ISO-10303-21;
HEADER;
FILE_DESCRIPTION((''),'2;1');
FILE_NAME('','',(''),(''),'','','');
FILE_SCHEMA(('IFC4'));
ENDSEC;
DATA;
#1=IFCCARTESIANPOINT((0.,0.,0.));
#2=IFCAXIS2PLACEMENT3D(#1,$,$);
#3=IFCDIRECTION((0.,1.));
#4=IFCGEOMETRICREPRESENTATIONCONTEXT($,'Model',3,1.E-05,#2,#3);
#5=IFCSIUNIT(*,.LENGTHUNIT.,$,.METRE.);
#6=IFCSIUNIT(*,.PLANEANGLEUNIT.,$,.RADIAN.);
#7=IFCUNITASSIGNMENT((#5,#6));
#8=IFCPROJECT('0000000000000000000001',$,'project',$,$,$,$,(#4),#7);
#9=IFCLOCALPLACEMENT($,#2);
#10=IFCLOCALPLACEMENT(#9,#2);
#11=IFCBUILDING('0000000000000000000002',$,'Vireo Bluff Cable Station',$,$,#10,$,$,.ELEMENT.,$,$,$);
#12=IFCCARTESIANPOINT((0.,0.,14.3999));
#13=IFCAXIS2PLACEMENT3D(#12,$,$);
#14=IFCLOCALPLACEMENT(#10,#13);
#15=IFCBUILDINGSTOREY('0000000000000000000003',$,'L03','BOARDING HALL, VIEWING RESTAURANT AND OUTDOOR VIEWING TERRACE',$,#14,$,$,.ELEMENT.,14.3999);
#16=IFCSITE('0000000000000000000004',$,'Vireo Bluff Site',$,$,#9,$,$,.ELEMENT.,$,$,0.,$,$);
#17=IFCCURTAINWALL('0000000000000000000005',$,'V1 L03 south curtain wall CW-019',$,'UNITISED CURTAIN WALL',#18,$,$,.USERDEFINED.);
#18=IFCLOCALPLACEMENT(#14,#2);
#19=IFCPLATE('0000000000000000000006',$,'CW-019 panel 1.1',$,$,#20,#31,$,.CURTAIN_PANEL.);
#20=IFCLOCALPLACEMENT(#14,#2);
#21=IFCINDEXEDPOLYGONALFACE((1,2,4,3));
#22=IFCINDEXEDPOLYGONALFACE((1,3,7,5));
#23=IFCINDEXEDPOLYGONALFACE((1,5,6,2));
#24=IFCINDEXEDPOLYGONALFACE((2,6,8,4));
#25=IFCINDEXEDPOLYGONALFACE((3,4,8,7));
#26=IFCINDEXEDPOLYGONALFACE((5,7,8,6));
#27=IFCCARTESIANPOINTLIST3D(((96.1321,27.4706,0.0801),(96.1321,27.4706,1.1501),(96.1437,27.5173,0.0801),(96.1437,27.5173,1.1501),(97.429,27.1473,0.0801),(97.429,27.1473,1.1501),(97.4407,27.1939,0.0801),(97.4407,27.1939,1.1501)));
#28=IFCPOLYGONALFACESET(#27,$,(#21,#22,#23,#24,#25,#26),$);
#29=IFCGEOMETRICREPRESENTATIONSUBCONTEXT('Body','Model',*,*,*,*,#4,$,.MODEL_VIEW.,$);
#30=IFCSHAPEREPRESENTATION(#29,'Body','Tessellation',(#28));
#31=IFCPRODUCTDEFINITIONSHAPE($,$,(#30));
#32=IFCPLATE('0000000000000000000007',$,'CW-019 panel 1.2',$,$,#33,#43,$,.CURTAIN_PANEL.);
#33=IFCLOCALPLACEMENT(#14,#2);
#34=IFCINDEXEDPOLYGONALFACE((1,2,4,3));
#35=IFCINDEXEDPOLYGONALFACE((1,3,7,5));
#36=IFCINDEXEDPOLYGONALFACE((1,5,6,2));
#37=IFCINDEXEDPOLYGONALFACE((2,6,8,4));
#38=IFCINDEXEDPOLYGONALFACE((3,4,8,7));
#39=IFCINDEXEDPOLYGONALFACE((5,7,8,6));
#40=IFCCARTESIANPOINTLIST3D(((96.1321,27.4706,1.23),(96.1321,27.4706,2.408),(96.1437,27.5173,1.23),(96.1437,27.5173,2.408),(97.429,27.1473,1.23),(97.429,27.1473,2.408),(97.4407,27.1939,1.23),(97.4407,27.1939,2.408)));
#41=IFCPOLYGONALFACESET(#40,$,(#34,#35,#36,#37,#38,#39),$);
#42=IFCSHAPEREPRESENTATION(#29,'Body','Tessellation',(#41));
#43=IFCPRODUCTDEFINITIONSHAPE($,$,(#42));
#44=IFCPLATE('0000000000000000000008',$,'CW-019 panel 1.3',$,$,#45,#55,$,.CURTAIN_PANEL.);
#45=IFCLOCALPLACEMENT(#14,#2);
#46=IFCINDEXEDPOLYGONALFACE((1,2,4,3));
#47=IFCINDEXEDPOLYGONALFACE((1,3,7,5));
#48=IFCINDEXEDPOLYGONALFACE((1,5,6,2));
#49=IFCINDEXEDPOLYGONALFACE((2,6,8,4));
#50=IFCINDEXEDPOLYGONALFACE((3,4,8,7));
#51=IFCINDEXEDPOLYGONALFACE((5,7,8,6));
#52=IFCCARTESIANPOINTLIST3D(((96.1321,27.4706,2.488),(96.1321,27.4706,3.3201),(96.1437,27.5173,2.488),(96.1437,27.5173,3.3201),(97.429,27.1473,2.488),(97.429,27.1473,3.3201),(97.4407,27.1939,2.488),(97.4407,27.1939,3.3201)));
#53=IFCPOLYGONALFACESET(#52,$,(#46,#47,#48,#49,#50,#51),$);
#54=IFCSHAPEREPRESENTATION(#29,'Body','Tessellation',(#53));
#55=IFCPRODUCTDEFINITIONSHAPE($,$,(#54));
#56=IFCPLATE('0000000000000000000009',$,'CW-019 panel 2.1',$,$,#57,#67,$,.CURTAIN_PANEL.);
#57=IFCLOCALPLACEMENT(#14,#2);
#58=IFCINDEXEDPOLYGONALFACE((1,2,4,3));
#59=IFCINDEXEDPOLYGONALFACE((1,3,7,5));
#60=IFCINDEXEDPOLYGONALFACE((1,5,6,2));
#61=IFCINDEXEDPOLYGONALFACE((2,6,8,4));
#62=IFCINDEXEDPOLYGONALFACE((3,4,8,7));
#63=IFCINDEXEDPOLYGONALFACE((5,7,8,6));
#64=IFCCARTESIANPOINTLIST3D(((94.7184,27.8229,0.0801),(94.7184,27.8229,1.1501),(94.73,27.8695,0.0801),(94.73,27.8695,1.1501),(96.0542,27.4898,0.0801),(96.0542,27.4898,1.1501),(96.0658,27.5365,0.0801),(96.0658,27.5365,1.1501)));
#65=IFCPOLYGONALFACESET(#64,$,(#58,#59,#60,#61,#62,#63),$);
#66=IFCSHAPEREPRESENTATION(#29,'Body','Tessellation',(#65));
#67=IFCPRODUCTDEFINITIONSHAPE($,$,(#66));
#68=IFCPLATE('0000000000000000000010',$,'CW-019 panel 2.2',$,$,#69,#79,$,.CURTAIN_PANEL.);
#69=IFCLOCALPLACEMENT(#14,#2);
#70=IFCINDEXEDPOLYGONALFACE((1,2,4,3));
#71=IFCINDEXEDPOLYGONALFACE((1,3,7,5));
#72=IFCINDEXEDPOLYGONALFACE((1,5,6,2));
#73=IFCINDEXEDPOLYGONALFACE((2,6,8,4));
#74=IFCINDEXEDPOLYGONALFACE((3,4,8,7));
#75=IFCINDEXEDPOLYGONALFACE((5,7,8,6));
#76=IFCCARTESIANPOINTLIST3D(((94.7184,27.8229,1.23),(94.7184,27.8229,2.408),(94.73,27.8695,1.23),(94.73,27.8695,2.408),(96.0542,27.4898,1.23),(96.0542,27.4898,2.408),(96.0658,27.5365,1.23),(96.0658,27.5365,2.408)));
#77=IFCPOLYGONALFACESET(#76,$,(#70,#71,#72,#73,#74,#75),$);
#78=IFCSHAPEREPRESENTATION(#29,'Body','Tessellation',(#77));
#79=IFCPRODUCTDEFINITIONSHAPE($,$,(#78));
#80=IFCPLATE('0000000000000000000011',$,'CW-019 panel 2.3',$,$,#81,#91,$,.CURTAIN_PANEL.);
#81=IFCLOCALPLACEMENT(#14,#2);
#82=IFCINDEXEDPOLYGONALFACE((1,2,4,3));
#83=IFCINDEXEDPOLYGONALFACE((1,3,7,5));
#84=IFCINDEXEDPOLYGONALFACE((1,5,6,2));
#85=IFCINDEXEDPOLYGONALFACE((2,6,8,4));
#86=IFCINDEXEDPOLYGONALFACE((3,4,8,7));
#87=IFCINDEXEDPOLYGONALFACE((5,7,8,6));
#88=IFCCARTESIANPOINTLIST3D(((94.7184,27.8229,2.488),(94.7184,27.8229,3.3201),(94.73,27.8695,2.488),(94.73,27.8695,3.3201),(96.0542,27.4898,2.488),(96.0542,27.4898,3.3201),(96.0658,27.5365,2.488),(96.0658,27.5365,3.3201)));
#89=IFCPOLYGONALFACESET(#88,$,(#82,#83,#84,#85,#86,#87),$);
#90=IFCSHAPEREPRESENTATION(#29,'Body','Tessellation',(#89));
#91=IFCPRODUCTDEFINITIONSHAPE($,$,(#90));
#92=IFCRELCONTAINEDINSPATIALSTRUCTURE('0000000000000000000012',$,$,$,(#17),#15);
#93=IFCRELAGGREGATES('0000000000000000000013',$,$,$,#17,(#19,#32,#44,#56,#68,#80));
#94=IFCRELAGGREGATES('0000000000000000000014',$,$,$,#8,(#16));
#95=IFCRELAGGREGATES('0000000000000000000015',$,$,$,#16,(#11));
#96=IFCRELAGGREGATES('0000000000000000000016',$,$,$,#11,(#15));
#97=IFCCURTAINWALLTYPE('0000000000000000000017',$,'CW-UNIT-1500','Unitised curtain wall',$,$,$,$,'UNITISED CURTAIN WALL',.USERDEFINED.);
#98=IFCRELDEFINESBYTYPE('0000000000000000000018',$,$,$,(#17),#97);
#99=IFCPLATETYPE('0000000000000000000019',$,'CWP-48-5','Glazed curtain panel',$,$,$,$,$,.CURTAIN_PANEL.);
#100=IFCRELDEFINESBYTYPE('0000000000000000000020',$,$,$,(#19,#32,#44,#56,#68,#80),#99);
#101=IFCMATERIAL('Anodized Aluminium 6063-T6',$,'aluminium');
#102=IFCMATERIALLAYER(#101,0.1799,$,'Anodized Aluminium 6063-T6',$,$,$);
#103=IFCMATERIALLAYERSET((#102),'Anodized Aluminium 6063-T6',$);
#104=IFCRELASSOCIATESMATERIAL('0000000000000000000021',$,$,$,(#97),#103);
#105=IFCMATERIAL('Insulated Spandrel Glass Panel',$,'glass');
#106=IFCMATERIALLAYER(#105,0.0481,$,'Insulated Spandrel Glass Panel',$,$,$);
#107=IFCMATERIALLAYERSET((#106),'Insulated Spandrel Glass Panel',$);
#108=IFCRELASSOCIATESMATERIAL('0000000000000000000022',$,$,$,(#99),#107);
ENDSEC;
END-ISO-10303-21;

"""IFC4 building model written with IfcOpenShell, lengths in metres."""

from ifc_helpers import new_model, si_unit, direction, frame, origin, origin_2d, place, context, subcontext, project, spatial, rectangle, extrude, material, layer, layer_set, type_object, element, aggregate, save


model = new_model("IFC4")

# Units and contexts
model_context = context("Model", 3, precision=1e-05, world=origin(), true_north=direction((0.0, 1.0)))
body_context = subcontext(model_context, "Body", "Model", "MODEL_VIEW")
ifc_project = project(units=[si_unit("LENGTHUNIT", "METRE"), si_unit("PLANEANGLEUNIT", "RADIAN")], contexts=[model_context])

# Site, building, storey
site_placement = place(None, origin())
site = spatial("IfcSite", under=ifc_project, at=site_placement, Name="Vireo Bluff Site", CompositionType="ELEMENT", RefElevation=0.0)
building_placement = place(site_placement, origin())
building = spatial("IfcBuilding", under=site, at=building_placement, Name="Vireo Bluff Cable Station", CompositionType="ELEMENT")
storey_placement = place(building_placement, frame((0.0, 0.0, 14.3999)))
storey = spatial("IfcBuildingStorey", under=building, at=storey_placement, Name="L03", Description="BOARDING HALL, VIEWING RESTAURANT AND OUTDOOR VIEWING TERRACE", CompositionType="ELEMENT", Elevation=14.3999)

# Curtain wall
ifc_material_1 = material(Name="Anodized Aluminium 6063-T6", Category="aluminium")
ifc_layer_1 = layer(ifc_material_1, 0.1799, Name="Anodized Aluminium 6063-T6")
ifc_layer_set_1 = layer_set([ifc_layer_1], Name="Anodized Aluminium 6063-T6")
curtain_wall_type_1 = type_object("IfcCurtainWallType", Name="CW-UNIT-1500", Description="Unitised curtain wall", ElementType="UNITISED CURTAIN WALL", PredefinedType="USERDEFINED", material=ifc_layer_set_1)
curtain_wall_1_placement = place(storey_placement, origin())
curtain_wall_1 = element("IfcCurtainWall", 1, at=curtain_wall_1_placement, inside=storey, type_object=curtain_wall_type_1, Name="V1 L03 south curtain wall CW-019", ObjectType="UNITISED CURTAIN WALL", PredefinedType="USERDEFINED")

# Plates
ifc_material_2 = material(Name="Insulated Spandrel Glass Panel", Category="glass")
ifc_layer_2 = layer(ifc_material_2, 0.0481, Name="Insulated Spandrel Glass Panel")
ifc_layer_set_2 = layer_set([ifc_layer_2], Name="Insulated Spandrel Glass Panel")
plate_type_1 = type_object("IfcPlateType", Name="CWP-48-5", Description="Glazed curtain panel", PredefinedType="CURTAIN_PANEL", material=ifc_layer_set_2)
plate_1_placement = place(storey_placement, frame((96.7864, 27.3323, 0.0801), z_axis=(0.0, 0.0, 1.0), x_axis=(-0.970296, 0.241922, 0.0)))
plate_1 = element("IfcPlate", 2, at=plate_1_placement, type_object=plate_type_1, Name="CW-019 panel 1.1", PredefinedType="CURTAIN_PANEL", context=body_context, shape_type="SweptSolid", body=[
    extrude(rectangle(XDim=1.3367, YDim=0.0481, at=origin_2d()), origin(), (0.0, 0.0, 1.0), 1.0701),
])
plate_2_placement = place(storey_placement, frame((96.7864, 27.3323, 1.23), z_axis=(0.0, 0.0, 1.0), x_axis=(-0.970296, 0.241922, 0.0)))
plate_2 = element("IfcPlate", 3, at=plate_2_placement, type_object=plate_type_1, Name="CW-019 panel 1.2", PredefinedType="CURTAIN_PANEL", context=body_context, shape_type="SweptSolid", body=[
    extrude(rectangle(XDim=1.3367, YDim=0.0481, at=origin_2d()), origin(), (0.0, 0.0, 1.0), 1.178),
])
plate_3_placement = place(storey_placement, frame((96.7864, 27.3323, 2.488), z_axis=(0.0, 0.0, 1.0), x_axis=(-0.970296, 0.241922, 0.0)))
plate_3 = element("IfcPlate", 4, at=plate_3_placement, type_object=plate_type_1, Name="CW-019 panel 1.3", PredefinedType="CURTAIN_PANEL", context=body_context, shape_type="SweptSolid", body=[
    extrude(rectangle(XDim=1.3367, YDim=0.0481, at=origin_2d()), origin(), (0.0, 0.0, 1.0), 0.832),
])
plate_4_placement = place(storey_placement, frame((95.3921, 27.6797, 0.0801), z_axis=(0.0, 0.0, 1.0), x_axis=(-0.970296, 0.241922, 0.0)))
plate_4 = element("IfcPlate", 5, at=plate_4_placement, type_object=plate_type_1, Name="CW-019 panel 2.1", PredefinedType="CURTAIN_PANEL", context=body_context, shape_type="SweptSolid", body=[
    extrude(rectangle(XDim=1.3767, YDim=0.0481, at=origin_2d()), origin(), (0.0, 0.0, 1.0), 1.0701),
])
plate_5_placement = place(storey_placement, frame((95.3921, 27.6797, 1.23), z_axis=(0.0, 0.0, 1.0), x_axis=(-0.970296, 0.241922, 0.0)))
plate_5 = element("IfcPlate", 6, at=plate_5_placement, type_object=plate_type_1, Name="CW-019 panel 2.2", PredefinedType="CURTAIN_PANEL", context=body_context, shape_type="SweptSolid", body=[
    extrude(rectangle(XDim=1.3767, YDim=0.0481, at=origin_2d()), origin(), (0.0, 0.0, 1.0), 1.178),
])
plate_6_placement = place(storey_placement, frame((95.3921, 27.6797, 2.488), z_axis=(0.0, 0.0, 1.0), x_axis=(-0.970296, 0.241922, 0.0)))
plate_6 = element("IfcPlate", 7, at=plate_6_placement, type_object=plate_type_1, Name="CW-019 panel 2.3", PredefinedType="CURTAIN_PANEL", context=body_context, shape_type="SweptSolid", body=[
    extrude(rectangle(XDim=1.3767, YDim=0.0481, at=origin_2d()), origin(), (0.0, 0.0, 1.0), 0.832),
])
aggregate(curtain_wall_1, [plate_1, plate_2, plate_3, plate_4, plate_5, plate_6])

save(model, "model.ifc")
